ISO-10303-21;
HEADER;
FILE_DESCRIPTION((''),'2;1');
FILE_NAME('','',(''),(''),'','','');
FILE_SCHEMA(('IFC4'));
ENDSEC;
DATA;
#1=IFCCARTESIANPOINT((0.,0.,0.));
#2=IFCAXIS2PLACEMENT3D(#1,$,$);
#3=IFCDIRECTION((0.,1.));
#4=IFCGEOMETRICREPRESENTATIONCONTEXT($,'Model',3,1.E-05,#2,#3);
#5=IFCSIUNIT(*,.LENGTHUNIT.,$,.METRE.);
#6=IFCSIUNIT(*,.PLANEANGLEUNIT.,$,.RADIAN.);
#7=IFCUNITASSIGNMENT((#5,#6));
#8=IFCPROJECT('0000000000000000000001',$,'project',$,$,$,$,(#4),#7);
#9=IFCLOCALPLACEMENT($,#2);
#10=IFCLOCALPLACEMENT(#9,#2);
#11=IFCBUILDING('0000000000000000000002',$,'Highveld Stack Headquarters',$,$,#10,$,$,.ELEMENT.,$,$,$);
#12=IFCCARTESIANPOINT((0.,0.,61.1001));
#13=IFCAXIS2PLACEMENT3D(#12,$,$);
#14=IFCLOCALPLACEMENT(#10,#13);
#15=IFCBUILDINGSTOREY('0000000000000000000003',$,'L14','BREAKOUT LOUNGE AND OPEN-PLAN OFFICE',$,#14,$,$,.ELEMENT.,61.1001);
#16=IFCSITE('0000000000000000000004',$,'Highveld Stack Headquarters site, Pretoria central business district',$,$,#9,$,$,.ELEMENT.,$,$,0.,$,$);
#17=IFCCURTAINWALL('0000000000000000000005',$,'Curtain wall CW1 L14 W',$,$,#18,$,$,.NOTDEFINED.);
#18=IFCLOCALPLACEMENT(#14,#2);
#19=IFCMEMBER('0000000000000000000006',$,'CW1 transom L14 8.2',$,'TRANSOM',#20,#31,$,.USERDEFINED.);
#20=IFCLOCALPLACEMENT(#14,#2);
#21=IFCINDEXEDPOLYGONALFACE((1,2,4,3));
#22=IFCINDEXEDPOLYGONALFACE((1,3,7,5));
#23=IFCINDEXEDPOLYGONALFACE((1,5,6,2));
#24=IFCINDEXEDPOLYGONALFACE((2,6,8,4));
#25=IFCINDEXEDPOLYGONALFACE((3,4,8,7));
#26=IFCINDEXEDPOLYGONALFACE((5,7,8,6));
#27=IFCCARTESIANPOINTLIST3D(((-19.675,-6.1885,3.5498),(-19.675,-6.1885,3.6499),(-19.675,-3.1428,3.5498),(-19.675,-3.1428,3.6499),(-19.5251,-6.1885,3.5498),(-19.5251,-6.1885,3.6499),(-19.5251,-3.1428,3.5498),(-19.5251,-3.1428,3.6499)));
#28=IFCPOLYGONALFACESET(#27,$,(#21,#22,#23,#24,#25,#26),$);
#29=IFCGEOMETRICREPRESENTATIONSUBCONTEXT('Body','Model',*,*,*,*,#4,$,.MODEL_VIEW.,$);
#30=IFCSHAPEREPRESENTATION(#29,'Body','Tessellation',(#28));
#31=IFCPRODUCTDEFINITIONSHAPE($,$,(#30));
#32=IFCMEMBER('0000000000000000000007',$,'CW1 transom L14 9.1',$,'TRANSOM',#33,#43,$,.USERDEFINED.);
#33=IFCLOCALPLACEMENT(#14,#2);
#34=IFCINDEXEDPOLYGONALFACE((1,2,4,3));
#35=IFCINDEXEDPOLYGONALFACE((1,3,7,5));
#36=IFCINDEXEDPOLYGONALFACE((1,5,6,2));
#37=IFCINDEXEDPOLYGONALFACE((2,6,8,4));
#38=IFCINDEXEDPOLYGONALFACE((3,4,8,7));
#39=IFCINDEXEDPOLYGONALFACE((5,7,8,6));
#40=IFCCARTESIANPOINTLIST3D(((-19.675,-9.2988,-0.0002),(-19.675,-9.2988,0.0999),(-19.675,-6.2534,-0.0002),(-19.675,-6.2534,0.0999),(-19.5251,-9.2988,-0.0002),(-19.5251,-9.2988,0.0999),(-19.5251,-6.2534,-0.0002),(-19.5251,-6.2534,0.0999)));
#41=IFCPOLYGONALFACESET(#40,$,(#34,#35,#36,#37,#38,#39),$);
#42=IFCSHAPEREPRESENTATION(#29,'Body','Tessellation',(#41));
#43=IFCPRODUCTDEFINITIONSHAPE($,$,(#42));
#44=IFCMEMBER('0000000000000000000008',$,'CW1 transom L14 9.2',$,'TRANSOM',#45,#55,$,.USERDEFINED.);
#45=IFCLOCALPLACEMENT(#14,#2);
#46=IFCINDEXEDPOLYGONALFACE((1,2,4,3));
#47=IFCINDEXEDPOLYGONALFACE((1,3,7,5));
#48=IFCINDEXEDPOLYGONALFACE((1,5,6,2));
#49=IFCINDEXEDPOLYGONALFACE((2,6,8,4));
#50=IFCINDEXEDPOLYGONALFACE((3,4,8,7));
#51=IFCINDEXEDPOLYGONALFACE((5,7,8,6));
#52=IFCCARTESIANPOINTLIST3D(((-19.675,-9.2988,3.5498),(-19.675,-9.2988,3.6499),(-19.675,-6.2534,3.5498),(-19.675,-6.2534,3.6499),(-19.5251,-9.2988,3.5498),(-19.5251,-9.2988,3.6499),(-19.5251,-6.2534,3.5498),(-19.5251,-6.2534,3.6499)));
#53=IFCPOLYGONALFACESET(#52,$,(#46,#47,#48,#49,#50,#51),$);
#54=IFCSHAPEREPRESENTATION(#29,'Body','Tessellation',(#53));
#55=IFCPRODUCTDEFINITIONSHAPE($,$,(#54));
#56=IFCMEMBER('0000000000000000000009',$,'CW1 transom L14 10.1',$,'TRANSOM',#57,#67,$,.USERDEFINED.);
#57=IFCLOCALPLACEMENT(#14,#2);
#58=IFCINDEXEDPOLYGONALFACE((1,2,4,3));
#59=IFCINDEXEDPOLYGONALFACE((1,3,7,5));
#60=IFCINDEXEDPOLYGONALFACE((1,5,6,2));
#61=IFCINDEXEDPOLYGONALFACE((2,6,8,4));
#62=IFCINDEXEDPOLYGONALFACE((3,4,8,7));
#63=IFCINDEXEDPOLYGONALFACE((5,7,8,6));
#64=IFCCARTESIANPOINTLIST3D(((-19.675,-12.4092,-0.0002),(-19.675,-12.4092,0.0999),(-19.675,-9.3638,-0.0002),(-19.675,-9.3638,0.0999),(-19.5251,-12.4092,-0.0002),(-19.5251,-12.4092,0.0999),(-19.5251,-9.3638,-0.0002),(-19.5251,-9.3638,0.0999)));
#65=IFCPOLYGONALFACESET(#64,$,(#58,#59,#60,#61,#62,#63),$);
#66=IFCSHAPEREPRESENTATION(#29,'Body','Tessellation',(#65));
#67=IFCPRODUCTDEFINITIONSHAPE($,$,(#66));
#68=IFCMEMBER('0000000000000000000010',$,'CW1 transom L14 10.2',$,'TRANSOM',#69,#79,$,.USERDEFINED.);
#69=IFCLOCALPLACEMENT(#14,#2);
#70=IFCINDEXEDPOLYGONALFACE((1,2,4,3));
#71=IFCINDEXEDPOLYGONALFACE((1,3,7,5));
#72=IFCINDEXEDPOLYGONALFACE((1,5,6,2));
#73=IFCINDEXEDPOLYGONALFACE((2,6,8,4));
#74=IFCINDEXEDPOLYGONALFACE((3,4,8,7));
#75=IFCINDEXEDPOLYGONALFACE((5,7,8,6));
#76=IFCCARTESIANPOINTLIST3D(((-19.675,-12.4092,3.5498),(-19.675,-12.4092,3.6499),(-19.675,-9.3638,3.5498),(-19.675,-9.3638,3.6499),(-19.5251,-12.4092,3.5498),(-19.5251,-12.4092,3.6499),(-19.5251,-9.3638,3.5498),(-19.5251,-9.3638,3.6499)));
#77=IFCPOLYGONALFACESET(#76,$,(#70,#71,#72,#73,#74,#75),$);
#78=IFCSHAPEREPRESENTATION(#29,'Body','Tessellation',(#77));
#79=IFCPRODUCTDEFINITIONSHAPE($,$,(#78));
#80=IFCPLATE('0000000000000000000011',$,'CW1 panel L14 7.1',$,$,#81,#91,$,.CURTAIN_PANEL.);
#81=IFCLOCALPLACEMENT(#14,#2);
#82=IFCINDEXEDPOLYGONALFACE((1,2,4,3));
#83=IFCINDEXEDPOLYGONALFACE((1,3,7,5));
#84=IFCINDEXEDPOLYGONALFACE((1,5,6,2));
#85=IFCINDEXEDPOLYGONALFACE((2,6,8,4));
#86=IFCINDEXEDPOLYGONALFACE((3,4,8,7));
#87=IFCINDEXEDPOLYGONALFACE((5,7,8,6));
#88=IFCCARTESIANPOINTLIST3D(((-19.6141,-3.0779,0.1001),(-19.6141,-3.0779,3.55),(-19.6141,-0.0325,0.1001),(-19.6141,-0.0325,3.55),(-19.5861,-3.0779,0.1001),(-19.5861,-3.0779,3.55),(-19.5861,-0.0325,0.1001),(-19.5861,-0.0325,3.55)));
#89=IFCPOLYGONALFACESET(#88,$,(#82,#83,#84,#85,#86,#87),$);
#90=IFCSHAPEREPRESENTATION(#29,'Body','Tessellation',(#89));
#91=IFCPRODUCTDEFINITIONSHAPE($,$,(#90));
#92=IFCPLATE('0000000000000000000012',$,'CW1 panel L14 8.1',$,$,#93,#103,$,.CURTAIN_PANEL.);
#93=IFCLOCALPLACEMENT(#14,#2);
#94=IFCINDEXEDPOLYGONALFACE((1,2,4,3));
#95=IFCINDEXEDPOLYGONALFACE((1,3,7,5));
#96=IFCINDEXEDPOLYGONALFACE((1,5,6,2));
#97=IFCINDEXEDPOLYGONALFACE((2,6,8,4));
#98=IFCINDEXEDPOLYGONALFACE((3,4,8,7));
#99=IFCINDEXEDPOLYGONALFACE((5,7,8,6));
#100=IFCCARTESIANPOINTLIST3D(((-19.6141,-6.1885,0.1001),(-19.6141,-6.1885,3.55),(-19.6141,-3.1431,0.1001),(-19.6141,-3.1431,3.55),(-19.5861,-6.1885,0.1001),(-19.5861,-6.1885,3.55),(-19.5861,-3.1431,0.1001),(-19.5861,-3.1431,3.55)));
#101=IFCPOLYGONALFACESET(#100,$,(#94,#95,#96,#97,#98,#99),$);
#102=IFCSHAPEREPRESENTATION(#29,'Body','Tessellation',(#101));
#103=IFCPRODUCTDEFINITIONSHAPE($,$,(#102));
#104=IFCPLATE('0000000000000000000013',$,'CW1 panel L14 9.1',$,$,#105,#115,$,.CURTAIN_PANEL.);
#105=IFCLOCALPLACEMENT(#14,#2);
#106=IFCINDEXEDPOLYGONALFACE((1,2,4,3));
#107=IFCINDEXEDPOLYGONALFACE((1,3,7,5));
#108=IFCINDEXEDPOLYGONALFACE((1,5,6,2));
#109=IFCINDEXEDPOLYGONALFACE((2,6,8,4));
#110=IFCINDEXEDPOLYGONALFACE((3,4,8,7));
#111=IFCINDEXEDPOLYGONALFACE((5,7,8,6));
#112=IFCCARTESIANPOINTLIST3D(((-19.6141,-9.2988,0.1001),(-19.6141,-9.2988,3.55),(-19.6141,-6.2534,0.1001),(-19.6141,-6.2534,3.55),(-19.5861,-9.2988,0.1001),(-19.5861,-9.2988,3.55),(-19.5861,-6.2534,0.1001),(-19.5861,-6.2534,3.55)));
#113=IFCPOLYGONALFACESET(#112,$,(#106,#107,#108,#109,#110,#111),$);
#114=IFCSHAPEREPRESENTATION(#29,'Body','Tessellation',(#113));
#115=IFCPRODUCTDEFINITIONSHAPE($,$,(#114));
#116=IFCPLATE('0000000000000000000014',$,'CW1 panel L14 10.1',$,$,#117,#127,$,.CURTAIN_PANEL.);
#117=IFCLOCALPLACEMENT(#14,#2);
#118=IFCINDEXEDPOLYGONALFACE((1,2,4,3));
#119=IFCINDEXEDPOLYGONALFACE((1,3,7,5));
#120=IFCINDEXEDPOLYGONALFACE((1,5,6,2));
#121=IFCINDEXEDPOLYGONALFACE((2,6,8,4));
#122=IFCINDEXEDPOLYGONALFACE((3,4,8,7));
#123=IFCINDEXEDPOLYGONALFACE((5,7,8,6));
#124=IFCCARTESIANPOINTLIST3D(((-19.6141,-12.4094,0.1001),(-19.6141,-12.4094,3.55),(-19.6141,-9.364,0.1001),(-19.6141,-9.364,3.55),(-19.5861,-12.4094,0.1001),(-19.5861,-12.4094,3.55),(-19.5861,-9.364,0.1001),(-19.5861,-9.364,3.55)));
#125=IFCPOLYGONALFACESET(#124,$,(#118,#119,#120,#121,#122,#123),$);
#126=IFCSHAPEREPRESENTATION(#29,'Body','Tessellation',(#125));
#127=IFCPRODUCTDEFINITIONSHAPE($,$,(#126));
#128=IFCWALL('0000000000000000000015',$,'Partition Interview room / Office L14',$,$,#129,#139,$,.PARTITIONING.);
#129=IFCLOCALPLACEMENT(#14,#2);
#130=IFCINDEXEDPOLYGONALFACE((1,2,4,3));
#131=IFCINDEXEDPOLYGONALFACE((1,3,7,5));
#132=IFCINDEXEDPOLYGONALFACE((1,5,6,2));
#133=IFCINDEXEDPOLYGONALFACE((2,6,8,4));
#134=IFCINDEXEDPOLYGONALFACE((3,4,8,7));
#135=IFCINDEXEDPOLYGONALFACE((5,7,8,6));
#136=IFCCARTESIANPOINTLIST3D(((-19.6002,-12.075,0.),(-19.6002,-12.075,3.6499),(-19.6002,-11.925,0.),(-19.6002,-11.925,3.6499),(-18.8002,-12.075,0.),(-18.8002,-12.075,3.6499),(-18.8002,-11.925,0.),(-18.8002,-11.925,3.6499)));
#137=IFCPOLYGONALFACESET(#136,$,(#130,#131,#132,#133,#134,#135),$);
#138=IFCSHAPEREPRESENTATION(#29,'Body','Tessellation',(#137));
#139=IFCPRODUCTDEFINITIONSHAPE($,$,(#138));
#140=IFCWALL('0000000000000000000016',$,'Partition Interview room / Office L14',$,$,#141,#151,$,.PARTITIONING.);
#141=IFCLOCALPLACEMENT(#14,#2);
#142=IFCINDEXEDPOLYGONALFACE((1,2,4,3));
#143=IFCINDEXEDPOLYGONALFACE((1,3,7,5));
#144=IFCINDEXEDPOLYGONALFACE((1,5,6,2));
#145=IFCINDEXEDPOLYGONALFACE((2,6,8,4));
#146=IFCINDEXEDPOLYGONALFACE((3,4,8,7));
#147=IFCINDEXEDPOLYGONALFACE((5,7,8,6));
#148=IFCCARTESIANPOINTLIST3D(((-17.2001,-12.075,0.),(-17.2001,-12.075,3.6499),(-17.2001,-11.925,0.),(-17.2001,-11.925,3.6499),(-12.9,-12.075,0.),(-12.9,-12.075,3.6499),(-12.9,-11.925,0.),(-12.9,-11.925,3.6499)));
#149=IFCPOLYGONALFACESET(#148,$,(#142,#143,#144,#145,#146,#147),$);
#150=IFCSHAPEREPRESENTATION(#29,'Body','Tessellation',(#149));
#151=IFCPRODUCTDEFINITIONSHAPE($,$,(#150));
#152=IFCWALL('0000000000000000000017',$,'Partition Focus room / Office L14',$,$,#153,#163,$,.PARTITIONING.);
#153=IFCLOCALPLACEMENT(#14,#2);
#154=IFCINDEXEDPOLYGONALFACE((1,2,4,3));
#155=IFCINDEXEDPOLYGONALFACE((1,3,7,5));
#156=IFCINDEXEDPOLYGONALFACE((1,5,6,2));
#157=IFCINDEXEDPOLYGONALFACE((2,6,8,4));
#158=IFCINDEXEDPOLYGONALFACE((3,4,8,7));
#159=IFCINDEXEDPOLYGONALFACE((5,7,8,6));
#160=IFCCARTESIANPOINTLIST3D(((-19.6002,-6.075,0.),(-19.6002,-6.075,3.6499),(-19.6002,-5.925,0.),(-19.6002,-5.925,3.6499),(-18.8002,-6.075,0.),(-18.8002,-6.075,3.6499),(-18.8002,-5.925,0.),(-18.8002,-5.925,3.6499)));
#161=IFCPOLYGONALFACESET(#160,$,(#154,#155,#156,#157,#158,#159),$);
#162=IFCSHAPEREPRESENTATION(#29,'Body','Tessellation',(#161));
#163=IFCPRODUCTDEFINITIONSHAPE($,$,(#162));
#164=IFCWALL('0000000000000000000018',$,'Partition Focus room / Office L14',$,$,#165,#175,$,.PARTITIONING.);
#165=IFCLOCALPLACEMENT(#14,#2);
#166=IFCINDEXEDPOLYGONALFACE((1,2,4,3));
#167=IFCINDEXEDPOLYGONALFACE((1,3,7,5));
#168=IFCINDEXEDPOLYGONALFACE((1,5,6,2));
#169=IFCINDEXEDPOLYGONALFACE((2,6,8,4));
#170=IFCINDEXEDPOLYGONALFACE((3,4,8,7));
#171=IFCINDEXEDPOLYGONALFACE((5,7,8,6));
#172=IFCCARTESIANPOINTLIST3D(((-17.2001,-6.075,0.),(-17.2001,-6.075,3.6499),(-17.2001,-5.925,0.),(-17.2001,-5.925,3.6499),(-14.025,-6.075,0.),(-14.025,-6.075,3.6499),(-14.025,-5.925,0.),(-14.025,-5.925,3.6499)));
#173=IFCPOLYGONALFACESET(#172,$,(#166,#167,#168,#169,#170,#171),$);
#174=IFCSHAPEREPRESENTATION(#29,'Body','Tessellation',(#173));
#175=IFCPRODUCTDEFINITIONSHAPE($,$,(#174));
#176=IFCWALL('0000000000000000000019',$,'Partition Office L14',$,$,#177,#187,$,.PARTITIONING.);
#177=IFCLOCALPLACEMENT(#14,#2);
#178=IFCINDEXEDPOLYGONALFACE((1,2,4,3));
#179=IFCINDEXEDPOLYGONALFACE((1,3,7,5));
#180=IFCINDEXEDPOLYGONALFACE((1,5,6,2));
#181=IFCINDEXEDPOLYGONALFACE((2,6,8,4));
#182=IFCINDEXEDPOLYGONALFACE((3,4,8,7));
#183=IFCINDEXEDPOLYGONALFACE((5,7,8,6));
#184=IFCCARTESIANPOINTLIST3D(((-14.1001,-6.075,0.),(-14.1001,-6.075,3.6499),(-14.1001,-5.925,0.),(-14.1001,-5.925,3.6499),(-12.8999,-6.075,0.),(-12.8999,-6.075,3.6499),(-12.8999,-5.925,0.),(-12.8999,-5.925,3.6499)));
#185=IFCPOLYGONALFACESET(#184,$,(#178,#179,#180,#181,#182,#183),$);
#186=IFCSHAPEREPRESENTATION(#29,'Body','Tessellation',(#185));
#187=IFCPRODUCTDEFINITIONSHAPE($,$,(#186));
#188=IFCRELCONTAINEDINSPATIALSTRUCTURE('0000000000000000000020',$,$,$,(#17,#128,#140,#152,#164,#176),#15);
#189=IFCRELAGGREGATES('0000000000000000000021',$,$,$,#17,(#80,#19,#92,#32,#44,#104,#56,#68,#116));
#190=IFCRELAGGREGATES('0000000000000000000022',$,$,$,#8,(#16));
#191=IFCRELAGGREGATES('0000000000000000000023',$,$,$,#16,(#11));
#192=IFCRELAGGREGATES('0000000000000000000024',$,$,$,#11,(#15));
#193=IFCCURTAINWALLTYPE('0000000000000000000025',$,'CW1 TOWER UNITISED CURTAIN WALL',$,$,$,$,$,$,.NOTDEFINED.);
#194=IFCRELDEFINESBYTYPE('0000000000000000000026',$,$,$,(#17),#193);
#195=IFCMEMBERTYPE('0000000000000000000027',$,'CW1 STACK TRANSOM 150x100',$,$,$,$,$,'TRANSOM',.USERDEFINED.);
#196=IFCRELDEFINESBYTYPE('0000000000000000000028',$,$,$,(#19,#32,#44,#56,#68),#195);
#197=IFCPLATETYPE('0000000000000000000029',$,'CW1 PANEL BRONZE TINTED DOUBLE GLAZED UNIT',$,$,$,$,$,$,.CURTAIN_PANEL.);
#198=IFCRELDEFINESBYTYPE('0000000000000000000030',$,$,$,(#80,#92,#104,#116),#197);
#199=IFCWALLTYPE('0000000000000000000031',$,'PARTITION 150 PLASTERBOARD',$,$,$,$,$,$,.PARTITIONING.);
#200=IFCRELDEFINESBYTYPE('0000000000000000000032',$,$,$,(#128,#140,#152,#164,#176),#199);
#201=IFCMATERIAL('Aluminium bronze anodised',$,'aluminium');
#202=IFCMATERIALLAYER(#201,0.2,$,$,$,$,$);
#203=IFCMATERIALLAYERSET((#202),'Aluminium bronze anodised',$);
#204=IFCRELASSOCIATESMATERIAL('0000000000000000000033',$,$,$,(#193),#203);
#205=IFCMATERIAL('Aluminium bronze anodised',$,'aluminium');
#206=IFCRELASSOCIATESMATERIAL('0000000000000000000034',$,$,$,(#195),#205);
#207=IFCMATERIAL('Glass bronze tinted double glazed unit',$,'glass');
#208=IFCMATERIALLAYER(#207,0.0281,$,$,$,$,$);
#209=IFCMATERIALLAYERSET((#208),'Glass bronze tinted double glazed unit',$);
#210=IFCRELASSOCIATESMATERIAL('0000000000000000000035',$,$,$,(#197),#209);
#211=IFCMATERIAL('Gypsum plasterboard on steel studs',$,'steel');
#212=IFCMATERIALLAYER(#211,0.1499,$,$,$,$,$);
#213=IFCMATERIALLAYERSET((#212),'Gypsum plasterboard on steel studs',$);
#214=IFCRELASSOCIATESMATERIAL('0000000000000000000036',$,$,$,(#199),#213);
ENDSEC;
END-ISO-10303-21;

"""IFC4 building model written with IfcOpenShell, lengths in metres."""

from ifc_helpers import new_model, si_unit, direction, frame, frame_2d, origin, origin_2d, place, context, subcontext, project, spatial, rectangle, extrude, material, layer, layer_set, material_profile, profile_set, type_object, element, aggregate, save


model = new_model("IFC4")

# Units and contexts
model_context = context("Model", 3, precision=1e-05, world=origin(), true_north=direction((0.0, 1.0)))
body_context = subcontext(model_context, "Body", "Model", "MODEL_VIEW")
ifc_project = project(units=[si_unit("LENGTHUNIT", "METRE"), si_unit("PLANEANGLEUNIT", "RADIAN")], contexts=[model_context])

# Site, building, storey
site_placement = place(None, origin())
site = spatial("IfcSite", under=ifc_project, at=site_placement, Name="Highveld Stack Headquarters site, Pretoria central business district", CompositionType="ELEMENT", RefElevation=0.0)
building_placement = place(site_placement, origin())
building = spatial("IfcBuilding", under=site, at=building_placement, Name="Highveld Stack Headquarters", CompositionType="ELEMENT")
storey_placement = place(building_placement, frame((0.0, 0.0, 61.1001)))
storey = spatial("IfcBuildingStorey", under=building, at=storey_placement, Name="L14", Description="BREAKOUT LOUNGE AND OPEN-PLAN OFFICE", CompositionType="ELEMENT", Elevation=61.1001)

# Curtain wall, members, plates
ifc_material_1 = material(Name="Aluminium bronze anodised", Category="aluminium")
ifc_layer_1 = layer(ifc_material_1, 0.2)
ifc_layer_set_1 = layer_set([ifc_layer_1], Name="Aluminium bronze anodised")
curtain_wall_type = type_object("IfcCurtainWallType", Name="CW1 TOWER UNITISED CURTAIN WALL", PredefinedType="NOTDEFINED", material=ifc_layer_set_1)
curtain_wall_placement = place(storey_placement, origin())
curtain_wall = element("IfcCurtainWall", 1, at=curtain_wall_placement, inside=storey, type_object=curtain_wall_type, Name="Curtain wall CW1 L14 W", PredefinedType="NOTDEFINED")
ifc_material_2 = material(Name="Aluminium bronze anodised", Category="aluminium")
ifc_material_profile_1 = material_profile(ifc_material_2, rectangle(XDim=0.1499, YDim=0.1001, at=origin_2d()), Name="CW1 TRANSOM 150x100")
ifc_profile_set_1 = profile_set([ifc_material_profile_1], Name="Aluminium bronze anodised")
member_type_1 = type_object("IfcMemberType", Name="CW1 STACK TRANSOM 150x100", ElementType="TRANSOM", PredefinedType="USERDEFINED", material=ifc_profile_set_1)
member_1_placement = place(storey_placement, frame((-19.6001, -3.1428, 3.5999), z_axis=(0.0, -1.0, 0.0), x_axis=(1.0, 0.0, 0.0)))
member_1 = element("IfcMember", 2, at=member_1_placement, type_object=member_type_1, Name="CW1 transom L14 8.2", ObjectType="TRANSOM", PredefinedType="USERDEFINED", context=body_context, shape_type="SweptSolid", body=[
    extrude(rectangle(XDim=0.1499, YDim=0.1001, at=origin_2d()), origin(), (0.0, 0.0, 1.0), 3.0457),
])
member_2_placement = place(storey_placement, frame((-19.6001, -6.2534, 0.0498), z_axis=(0.0, -1.0, 0.0), x_axis=(1.0, 0.0, 0.0)))
member_2 = element("IfcMember", 3, at=member_2_placement, type_object=member_type_1, Name="CW1 transom L14 9.1", ObjectType="TRANSOM", PredefinedType="USERDEFINED", context=body_context, shape_type="SweptSolid", body=[
    extrude(rectangle(XDim=0.1499, YDim=0.1001, at=origin_2d()), origin(), (0.0, 0.0, 1.0), 3.0454),
])
member_3_placement = place(storey_placement, frame((-19.6001, -6.2534, 3.5999), z_axis=(0.0, -1.0, 0.0), x_axis=(1.0, 0.0, 0.0)))
member_3 = element("IfcMember", 4, at=member_3_placement, type_object=member_type_1, Name="CW1 transom L14 9.2", ObjectType="TRANSOM", PredefinedType="USERDEFINED", context=body_context, shape_type="SweptSolid", body=[
    extrude(rectangle(XDim=0.1499, YDim=0.1001, at=origin_2d()), origin(), (0.0, 0.0, 1.0), 3.0454),
])
member_4_placement = place(storey_placement, frame((-19.6001, -9.3638, 0.0498), z_axis=(0.0, -1.0, 0.0), x_axis=(1.0, 0.0, 0.0)))
member_4 = element("IfcMember", 5, at=member_4_placement, type_object=member_type_1, Name="CW1 transom L14 10.1", ObjectType="TRANSOM", PredefinedType="USERDEFINED", context=body_context, shape_type="SweptSolid", body=[
    extrude(rectangle(XDim=0.1499, YDim=0.1001, at=origin_2d()), origin(), (0.0, 0.0, 1.0), 3.0454),
])
member_5_placement = place(storey_placement, frame((-19.6001, -9.3638, 3.5999), z_axis=(0.0, -1.0, 0.0), x_axis=(1.0, 0.0, 0.0)))
member_5 = element("IfcMember", 6, at=member_5_placement, type_object=member_type_1, Name="CW1 transom L14 10.2", ObjectType="TRANSOM", PredefinedType="USERDEFINED", context=body_context, shape_type="SweptSolid", body=[
    extrude(rectangle(XDim=0.1499, YDim=0.1001, at=origin_2d()), origin(), (0.0, 0.0, 1.0), 3.0454),
])
ifc_material_3 = material(Name="Glass bronze tinted double glazed unit", Category="glass")
ifc_layer_2 = layer(ifc_material_3, 0.0281)
ifc_layer_set_2 = layer_set([ifc_layer_2], Name="Glass bronze tinted double glazed unit")
plate_type = type_object("IfcPlateType", Name="CW1 PANEL BRONZE TINTED DOUBLE GLAZED UNIT", PredefinedType="CURTAIN_PANEL", material=ifc_layer_set_2)
plate_1_placement = place(storey_placement, frame((-19.6001, -1.5552, 0.1001), z_axis=(0.0, 0.0, 1.0), x_axis=(0.0, -1.0, 0.0)))
plate_1 = element("IfcPlate", 7, at=plate_1_placement, type_object=plate_type, Name="CW1 panel L14 7.1", PredefinedType="CURTAIN_PANEL", context=body_context, shape_type="SweptSolid", body=[
    extrude(rectangle(XDim=3.0454, YDim=0.0281, at=origin_2d()), origin(), (0.0, 0.0, 1.0), 3.45),
])
plate_2_placement = place(storey_placement, frame((-19.6001, -4.6658, 0.1001), z_axis=(0.0, 0.0, 1.0), x_axis=(0.0, -1.0, 0.0)))
plate_2 = element("IfcPlate", 8, at=plate_2_placement, type_object=plate_type, Name="CW1 panel L14 8.1", PredefinedType="CURTAIN_PANEL", context=body_context, shape_type="SweptSolid", body=[
    extrude(rectangle(XDim=3.0454, YDim=0.0281, at=origin_2d()), origin(), (0.0, 0.0, 1.0), 3.45),
])
plate_3_placement = place(storey_placement, frame((-19.6001, -7.7761, 0.1001), z_axis=(0.0, 0.0, 1.0), x_axis=(0.0, -1.0, 0.0)))
plate_3 = element("IfcPlate", 9, at=plate_3_placement, type_object=plate_type, Name="CW1 panel L14 9.1", PredefinedType="CURTAIN_PANEL", context=body_context, shape_type="SweptSolid", body=[
    extrude(rectangle(XDim=3.0454, YDim=0.0281, at=origin_2d()), origin(), (0.0, 0.0, 1.0), 3.45),
])
plate_4_placement = place(storey_placement, frame((-19.6001, -10.8867, 0.1001), z_axis=(0.0, 0.0, 1.0), x_axis=(0.0, -1.0, 0.0)))
plate_4 = element("IfcPlate", 10, at=plate_4_placement, type_object=plate_type, Name="CW1 panel L14 10.1", PredefinedType="CURTAIN_PANEL", context=body_context, shape_type="SweptSolid", body=[
    extrude(rectangle(XDim=3.0454, YDim=0.0281, at=origin_2d()), origin(), (0.0, 0.0, 1.0), 3.45),
])
aggregate(curtain_wall, [plate_1, member_1, plate_2, member_2, member_3, plate_3, member_4, member_5, plate_4])

# Walls
ifc_material_4 = material(Name="Gypsum plasterboard on steel studs", Category="steel")
ifc_layer_3 = layer(ifc_material_4, 0.1499)
ifc_layer_set_3 = layer_set([ifc_layer_3], Name="Gypsum plasterboard on steel studs")
wall_type = type_object("IfcWallType", Name="PARTITION 150 PLASTERBOARD", PredefinedType="PARTITIONING", material=ifc_layer_set_3)
wall_1_placement = place(storey_placement, frame((-19.6001, -12.0, 0.0), z_axis=(0.0, 0.0, 1.0), x_axis=(1.0, 0.0, 0.0)))
element("IfcWall", 11, at=wall_1_placement, inside=storey, type_object=wall_type, Name="Partition Interview room / Office L14", PredefinedType="PARTITIONING", context=body_context, shape_type="SweptSolid", body=[
    extrude(rectangle(XDim=0.8, YDim=0.1499, at=frame_2d((0.3999, 0.0))), origin(), (0.0, 0.0, 1.0), 3.6499),
])
wall_2_placement = place(storey_placement, frame((-17.2, -12.0, 0.0), z_axis=(0.0, 0.0, 1.0), x_axis=(1.0, 0.0, 0.0)))
element("IfcWall", 12, at=wall_2_placement, inside=storey, type_object=wall_type, Name="Partition Interview room / Office L14", PredefinedType="PARTITIONING", context=body_context, shape_type="SweptSolid", body=[
    extrude(rectangle(XDim=4.3, YDim=0.1499, at=frame_2d((2.1499, 0.0))), origin(), (0.0, 0.0, 1.0), 3.6499),
])
wall_3_placement = place(storey_placement, frame((-19.6001, -6.0, 0.0), z_axis=(0.0, 0.0, 1.0), x_axis=(1.0, 0.0, 0.0)))
element("IfcWall", 13, at=wall_3_placement, inside=storey, type_object=wall_type, Name="Partition Focus room / Office L14", PredefinedType="PARTITIONING", context=body_context, shape_type="SweptSolid", body=[
    extrude(rectangle(XDim=0.8, YDim=0.1499, at=frame_2d((0.3999, 0.0))), origin(), (0.0, 0.0, 1.0), 3.6499),
])
wall_4_placement = place(storey_placement, frame((-17.2, -6.0, 0.0), z_axis=(0.0, 0.0, 1.0), x_axis=(1.0, 0.0, 0.0)))
element("IfcWall", 14, at=wall_4_placement, inside=storey, type_object=wall_type, Name="Partition Focus room / Office L14", PredefinedType="PARTITIONING", context=body_context, shape_type="SweptSolid", body=[
    extrude(rectangle(XDim=3.175, YDim=0.1499, at=frame_2d((1.5874, 0.0))), origin(), (0.0, 0.0, 1.0), 3.6499),
])
wall_5_placement = place(storey_placement, frame((-14.1001, -6.0, 0.0), z_axis=(0.0, 0.0, 1.0), x_axis=(1.0, 0.0, 0.0)))
element("IfcWall", 15, at=wall_5_placement, inside=storey, type_object=wall_type, Name="Partition Office L14", PredefinedType="PARTITIONING", context=body_context, shape_type="SweptSolid", body=[
    extrude(rectangle(XDim=1.2002, YDim=0.1499, at=frame_2d((0.6001, 0.0))), origin(), (0.0, 0.0, 1.0), 3.6499),
])

save(model, "model.ifc")
